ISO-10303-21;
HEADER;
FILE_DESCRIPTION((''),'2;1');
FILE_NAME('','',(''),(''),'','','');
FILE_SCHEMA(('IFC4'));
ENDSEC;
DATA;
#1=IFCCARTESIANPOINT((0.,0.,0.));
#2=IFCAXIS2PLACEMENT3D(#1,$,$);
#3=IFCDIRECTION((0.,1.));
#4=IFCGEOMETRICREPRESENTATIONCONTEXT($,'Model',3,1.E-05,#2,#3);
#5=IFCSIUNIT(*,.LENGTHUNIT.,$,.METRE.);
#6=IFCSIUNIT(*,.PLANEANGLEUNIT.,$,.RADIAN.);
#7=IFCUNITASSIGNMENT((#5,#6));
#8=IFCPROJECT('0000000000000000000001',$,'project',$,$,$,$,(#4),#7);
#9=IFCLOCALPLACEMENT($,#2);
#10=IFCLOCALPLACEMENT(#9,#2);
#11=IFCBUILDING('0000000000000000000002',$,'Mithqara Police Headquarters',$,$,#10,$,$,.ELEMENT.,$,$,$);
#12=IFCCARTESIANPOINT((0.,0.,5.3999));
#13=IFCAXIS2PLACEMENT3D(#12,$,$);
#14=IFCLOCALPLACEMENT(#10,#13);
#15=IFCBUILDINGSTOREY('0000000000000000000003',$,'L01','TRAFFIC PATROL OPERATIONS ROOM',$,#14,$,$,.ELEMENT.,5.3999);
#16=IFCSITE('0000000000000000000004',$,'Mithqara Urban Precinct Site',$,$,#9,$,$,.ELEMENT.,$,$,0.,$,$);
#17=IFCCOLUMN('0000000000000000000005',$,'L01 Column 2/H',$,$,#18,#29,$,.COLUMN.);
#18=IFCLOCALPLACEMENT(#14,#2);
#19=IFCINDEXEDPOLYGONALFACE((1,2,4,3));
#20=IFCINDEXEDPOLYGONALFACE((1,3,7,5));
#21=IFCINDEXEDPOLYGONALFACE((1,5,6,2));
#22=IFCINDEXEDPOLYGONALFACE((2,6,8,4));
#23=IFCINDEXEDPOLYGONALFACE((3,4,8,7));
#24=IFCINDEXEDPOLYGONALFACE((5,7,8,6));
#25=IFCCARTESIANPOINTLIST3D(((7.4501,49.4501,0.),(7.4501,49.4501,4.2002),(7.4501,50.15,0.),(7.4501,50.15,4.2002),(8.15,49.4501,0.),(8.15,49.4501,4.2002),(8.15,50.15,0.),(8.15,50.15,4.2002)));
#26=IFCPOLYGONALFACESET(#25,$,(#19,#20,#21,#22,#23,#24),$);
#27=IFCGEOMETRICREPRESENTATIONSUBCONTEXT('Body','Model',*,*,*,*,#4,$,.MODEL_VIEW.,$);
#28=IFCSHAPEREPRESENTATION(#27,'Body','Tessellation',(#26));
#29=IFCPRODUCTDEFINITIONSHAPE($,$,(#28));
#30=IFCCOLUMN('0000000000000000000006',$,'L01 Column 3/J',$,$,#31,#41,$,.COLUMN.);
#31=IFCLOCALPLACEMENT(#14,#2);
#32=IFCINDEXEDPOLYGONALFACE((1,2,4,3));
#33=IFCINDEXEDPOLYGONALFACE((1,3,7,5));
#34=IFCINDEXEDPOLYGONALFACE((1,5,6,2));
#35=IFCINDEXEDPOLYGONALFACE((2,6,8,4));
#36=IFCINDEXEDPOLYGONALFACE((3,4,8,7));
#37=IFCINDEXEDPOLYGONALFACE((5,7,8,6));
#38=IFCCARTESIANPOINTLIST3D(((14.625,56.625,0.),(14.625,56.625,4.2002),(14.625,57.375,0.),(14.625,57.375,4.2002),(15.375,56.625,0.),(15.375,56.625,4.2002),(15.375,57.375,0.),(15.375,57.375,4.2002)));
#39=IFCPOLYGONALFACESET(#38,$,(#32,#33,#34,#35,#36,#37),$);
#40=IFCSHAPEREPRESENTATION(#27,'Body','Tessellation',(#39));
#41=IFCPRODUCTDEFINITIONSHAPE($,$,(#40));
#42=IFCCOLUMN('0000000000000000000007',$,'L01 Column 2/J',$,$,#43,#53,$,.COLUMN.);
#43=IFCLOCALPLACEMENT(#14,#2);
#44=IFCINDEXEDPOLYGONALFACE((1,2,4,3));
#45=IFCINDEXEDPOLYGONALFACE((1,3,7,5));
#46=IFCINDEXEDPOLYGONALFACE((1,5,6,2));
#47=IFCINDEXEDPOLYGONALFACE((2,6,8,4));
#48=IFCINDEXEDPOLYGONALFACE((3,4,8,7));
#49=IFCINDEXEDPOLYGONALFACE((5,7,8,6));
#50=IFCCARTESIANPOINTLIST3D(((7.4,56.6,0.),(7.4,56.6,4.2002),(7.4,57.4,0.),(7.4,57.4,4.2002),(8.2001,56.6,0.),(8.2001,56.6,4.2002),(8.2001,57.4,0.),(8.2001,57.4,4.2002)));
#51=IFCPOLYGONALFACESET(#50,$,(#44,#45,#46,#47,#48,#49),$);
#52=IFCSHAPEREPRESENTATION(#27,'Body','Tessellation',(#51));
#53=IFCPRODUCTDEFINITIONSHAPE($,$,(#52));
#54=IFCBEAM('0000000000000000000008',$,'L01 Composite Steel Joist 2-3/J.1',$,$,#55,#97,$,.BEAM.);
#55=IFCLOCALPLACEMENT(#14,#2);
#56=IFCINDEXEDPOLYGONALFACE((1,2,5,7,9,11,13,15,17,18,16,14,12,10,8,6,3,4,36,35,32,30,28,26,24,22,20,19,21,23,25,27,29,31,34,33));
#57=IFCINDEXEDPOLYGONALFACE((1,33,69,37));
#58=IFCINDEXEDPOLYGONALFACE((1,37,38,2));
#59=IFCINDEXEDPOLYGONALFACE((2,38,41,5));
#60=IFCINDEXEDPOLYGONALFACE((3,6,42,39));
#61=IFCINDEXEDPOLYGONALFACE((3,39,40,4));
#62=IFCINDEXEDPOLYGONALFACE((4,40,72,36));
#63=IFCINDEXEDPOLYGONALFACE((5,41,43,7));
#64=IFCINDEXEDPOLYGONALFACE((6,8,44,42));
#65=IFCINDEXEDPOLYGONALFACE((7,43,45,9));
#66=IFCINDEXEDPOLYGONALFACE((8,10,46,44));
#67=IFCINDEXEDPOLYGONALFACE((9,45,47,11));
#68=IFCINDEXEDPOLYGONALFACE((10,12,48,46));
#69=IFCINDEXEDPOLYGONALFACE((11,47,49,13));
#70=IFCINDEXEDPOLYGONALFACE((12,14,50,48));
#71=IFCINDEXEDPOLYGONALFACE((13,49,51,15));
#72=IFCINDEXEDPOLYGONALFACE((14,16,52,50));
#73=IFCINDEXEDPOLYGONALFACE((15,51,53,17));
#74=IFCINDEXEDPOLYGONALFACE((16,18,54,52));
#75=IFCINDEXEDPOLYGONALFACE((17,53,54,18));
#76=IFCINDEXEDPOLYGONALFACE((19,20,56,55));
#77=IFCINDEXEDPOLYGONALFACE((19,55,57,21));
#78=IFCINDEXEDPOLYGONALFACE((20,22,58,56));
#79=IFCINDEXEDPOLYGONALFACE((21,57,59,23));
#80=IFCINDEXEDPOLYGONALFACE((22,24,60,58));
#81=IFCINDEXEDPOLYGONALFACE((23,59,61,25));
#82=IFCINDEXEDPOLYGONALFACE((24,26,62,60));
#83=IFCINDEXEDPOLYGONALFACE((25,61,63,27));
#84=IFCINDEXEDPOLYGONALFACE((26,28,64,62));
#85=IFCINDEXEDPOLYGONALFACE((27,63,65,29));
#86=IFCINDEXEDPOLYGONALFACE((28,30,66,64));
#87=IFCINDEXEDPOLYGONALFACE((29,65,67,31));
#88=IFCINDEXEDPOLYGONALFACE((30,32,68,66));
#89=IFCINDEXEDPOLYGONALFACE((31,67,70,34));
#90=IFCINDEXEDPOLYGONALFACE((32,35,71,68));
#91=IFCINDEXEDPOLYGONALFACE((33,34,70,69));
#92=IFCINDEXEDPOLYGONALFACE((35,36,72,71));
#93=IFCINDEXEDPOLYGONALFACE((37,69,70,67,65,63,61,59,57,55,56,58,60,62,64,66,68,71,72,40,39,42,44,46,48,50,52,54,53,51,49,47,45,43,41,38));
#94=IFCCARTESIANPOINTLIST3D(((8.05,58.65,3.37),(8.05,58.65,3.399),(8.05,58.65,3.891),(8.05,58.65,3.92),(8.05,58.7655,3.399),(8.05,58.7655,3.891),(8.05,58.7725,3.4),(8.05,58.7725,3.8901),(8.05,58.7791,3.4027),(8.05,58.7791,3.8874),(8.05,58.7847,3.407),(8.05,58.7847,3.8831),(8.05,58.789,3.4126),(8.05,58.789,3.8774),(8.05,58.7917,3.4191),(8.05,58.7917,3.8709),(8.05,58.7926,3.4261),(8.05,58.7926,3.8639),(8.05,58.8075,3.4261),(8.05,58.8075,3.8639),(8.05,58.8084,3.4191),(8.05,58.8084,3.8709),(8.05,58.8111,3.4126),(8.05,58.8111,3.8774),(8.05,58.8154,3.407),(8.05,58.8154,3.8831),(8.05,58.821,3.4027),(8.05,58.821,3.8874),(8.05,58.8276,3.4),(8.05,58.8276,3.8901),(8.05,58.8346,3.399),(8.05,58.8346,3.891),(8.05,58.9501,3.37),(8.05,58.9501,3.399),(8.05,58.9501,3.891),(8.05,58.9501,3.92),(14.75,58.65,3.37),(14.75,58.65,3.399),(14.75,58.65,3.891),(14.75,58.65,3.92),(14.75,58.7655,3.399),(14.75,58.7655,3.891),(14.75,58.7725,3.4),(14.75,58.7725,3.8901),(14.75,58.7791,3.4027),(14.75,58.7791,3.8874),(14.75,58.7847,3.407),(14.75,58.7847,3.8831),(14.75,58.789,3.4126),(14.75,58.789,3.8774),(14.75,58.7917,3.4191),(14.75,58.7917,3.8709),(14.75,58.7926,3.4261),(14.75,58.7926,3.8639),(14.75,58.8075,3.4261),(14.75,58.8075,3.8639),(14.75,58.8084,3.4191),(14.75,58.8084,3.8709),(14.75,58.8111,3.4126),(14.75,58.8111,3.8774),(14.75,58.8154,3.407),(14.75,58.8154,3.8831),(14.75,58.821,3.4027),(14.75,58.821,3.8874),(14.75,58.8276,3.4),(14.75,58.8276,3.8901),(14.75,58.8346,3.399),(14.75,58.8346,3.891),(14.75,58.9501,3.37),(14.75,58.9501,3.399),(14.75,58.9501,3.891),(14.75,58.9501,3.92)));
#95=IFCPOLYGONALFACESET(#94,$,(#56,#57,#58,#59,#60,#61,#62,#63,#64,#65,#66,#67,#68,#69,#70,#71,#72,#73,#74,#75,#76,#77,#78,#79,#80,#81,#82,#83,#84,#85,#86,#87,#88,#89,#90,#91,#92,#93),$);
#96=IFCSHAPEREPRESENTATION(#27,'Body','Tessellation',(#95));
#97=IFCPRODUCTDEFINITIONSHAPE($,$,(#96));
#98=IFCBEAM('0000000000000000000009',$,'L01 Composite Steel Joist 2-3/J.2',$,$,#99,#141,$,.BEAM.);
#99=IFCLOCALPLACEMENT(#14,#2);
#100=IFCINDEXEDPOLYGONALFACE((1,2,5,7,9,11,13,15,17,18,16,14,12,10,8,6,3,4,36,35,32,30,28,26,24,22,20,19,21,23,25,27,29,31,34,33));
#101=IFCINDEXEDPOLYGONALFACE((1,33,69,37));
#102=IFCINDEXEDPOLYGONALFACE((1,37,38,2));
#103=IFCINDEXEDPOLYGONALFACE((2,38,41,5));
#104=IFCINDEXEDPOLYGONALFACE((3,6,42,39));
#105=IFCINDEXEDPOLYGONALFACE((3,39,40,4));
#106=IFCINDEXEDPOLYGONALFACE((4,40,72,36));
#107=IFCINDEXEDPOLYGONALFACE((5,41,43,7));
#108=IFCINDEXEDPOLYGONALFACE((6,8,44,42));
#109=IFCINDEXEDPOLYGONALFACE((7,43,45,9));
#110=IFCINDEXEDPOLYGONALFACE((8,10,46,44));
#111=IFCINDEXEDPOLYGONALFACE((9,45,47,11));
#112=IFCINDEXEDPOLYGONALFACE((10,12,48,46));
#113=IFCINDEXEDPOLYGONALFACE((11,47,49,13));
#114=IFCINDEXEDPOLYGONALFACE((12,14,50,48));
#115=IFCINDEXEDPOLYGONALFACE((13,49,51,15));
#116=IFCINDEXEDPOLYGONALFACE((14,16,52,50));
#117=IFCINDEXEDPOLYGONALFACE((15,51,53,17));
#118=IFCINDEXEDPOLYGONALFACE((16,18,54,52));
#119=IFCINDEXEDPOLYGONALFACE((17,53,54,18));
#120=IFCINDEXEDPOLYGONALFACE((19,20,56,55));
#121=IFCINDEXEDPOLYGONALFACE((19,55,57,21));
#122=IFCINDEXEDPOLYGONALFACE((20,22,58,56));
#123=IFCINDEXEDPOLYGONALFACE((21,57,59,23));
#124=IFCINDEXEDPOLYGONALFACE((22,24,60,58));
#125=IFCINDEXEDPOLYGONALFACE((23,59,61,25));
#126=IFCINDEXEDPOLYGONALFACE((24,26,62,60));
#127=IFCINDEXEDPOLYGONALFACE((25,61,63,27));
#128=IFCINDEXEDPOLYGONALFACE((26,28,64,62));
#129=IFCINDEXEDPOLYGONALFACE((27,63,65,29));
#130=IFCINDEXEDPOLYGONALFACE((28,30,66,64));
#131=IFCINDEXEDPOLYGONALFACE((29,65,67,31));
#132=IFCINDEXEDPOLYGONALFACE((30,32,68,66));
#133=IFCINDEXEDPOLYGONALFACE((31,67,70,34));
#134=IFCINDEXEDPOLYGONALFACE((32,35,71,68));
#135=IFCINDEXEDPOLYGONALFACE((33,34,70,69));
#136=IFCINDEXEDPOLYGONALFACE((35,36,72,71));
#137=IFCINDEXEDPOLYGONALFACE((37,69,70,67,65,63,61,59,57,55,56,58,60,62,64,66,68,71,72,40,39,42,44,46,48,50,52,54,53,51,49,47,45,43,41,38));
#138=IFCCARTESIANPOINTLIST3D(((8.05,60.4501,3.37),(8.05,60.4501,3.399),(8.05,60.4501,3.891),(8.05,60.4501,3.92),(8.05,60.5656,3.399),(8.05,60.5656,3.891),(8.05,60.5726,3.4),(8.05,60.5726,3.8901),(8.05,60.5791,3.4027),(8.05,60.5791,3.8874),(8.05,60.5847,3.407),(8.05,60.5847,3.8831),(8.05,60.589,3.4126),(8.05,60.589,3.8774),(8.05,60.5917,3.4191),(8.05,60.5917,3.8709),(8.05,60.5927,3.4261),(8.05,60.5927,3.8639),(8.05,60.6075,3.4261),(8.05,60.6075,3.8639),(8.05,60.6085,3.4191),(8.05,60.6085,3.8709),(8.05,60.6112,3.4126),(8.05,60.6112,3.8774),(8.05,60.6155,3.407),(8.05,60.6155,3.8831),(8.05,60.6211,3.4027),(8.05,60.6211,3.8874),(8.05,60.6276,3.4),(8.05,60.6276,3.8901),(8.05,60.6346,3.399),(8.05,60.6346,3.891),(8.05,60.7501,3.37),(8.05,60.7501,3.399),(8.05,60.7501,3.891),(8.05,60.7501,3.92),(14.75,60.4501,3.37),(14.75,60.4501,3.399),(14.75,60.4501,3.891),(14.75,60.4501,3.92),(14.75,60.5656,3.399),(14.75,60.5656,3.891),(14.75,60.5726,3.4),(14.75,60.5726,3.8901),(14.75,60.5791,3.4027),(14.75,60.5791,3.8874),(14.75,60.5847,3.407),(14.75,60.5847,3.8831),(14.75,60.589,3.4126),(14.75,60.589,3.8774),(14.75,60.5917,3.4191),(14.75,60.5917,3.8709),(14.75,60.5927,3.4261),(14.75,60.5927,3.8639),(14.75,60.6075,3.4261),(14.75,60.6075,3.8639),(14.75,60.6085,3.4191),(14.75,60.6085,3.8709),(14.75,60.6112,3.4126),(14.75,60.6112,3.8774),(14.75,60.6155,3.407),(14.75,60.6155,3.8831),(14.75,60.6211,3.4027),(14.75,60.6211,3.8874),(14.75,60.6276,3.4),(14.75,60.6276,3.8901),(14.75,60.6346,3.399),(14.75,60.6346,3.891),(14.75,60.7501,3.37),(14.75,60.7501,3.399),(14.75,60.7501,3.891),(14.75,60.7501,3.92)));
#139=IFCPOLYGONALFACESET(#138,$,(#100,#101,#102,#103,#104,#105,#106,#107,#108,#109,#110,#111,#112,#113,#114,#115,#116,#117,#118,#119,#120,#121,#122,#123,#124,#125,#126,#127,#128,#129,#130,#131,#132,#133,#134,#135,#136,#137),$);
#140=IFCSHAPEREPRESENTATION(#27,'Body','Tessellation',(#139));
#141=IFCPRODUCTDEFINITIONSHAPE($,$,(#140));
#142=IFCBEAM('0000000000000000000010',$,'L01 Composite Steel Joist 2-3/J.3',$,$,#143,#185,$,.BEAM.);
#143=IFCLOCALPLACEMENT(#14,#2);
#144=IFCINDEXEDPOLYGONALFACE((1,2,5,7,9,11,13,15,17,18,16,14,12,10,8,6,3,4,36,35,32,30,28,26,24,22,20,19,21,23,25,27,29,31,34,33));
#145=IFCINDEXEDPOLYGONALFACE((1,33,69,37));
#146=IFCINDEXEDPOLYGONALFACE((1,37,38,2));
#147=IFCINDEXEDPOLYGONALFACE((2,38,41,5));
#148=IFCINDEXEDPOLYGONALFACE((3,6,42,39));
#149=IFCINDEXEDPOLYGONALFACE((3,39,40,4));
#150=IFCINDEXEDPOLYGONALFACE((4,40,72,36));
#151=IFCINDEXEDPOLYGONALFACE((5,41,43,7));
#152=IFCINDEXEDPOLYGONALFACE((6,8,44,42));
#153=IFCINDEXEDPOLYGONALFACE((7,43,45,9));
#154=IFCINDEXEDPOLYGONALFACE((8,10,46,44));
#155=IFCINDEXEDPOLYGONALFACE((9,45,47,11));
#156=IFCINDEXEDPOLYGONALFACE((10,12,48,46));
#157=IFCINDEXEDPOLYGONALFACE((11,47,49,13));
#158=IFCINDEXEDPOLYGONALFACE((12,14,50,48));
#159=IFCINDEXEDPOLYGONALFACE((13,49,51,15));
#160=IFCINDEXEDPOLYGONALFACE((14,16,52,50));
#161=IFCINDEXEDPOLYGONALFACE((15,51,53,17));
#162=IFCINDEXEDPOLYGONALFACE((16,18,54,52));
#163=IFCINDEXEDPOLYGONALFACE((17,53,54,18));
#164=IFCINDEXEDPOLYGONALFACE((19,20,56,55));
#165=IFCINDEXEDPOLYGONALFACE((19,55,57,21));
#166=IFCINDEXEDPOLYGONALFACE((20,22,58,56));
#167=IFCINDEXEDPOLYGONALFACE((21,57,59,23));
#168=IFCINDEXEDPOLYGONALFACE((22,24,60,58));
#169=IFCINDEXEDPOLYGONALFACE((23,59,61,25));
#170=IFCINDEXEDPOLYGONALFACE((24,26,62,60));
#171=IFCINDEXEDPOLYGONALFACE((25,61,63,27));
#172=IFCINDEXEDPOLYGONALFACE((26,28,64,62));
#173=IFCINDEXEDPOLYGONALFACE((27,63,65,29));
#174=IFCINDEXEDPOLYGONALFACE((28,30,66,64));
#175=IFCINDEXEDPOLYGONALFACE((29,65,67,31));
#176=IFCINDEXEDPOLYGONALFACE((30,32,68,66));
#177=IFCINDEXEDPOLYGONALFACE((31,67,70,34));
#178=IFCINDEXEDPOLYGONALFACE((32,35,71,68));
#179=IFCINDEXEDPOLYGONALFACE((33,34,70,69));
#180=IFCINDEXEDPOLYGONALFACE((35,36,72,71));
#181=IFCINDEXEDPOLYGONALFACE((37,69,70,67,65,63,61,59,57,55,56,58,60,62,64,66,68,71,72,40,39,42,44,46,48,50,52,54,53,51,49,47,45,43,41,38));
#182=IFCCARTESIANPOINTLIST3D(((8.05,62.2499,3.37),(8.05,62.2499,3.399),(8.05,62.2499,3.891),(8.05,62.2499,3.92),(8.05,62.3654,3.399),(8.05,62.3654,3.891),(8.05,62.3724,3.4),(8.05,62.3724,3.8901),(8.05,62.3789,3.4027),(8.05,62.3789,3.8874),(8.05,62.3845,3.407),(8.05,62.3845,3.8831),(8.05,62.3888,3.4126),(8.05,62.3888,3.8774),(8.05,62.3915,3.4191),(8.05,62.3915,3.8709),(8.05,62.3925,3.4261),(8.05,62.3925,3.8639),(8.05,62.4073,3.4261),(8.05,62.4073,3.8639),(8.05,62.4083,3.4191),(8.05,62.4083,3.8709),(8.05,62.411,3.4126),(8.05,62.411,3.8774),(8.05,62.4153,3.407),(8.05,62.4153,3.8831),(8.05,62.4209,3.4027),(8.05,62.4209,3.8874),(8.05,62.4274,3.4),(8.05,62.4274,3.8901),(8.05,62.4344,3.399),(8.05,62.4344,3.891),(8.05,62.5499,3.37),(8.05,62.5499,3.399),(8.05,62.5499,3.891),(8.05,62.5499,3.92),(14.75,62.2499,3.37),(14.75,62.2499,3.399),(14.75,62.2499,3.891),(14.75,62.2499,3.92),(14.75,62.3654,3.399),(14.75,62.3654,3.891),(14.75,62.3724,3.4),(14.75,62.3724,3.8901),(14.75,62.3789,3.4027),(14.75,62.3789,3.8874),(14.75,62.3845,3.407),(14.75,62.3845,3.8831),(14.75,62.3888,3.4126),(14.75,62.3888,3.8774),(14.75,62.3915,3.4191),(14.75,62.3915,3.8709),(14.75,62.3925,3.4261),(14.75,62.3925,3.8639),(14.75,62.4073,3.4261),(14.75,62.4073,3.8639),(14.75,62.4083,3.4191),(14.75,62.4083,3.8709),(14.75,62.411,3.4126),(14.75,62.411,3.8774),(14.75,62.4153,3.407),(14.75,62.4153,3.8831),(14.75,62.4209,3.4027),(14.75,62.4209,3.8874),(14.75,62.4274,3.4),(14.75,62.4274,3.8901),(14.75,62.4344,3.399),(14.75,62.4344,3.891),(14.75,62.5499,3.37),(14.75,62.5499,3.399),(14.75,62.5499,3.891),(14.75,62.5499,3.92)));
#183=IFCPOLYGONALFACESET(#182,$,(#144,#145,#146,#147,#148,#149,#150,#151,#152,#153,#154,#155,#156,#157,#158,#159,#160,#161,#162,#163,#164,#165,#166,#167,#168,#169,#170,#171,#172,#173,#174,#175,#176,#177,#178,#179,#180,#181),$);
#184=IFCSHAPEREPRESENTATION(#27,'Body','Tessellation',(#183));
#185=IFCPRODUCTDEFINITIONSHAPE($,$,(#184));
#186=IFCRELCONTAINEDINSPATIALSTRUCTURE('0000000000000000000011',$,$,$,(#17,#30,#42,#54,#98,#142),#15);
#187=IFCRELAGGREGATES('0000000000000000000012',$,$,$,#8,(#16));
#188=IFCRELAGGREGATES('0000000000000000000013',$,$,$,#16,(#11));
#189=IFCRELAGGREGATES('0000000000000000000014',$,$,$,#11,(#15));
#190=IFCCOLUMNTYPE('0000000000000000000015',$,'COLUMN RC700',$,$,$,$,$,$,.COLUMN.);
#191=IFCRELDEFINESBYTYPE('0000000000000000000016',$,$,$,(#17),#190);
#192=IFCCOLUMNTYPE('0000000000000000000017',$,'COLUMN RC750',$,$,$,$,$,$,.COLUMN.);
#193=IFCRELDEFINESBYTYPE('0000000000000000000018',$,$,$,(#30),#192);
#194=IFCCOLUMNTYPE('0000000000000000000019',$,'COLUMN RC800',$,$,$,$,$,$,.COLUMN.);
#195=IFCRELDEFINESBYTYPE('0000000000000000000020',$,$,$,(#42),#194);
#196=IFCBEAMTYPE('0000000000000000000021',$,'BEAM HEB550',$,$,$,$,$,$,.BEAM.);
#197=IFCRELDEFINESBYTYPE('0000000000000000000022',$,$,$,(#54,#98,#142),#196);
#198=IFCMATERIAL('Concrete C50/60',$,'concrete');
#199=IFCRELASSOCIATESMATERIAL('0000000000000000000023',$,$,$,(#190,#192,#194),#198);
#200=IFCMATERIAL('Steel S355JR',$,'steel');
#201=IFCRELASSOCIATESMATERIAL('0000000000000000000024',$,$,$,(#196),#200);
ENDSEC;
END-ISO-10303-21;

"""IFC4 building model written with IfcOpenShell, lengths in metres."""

from ifc_helpers import new_model, si_unit, direction, frame, origin, origin_2d, place, context, subcontext, project, spatial, rectangle, i_section, extrude, material, material_profile, profile_set, type_object, element, save


model = new_model("IFC4")

# Units and contexts
model_context = context("Model", 3, precision=1e-05, world=origin(), true_north=direction((0.0, 1.0)))
body_context = subcontext(model_context, "Body", "Model", "MODEL_VIEW")
ifc_project = project(units=[si_unit("LENGTHUNIT", "METRE"), si_unit("PLANEANGLEUNIT", "RADIAN")], contexts=[model_context])

# Site, building, storey
site_placement = place(None, origin())
site = spatial("IfcSite", under=ifc_project, at=site_placement, Name="Mithqara Urban Precinct Site", CompositionType="ELEMENT", RefElevation=0.0)
building_placement = place(site_placement, origin())
building = spatial("IfcBuilding", under=site, at=building_placement, Name="Mithqara Police Headquarters", CompositionType="ELEMENT")
storey_placement = place(building_placement, frame((0.0, 0.0, 5.3999)))
storey = spatial("IfcBuildingStorey", under=building, at=storey_placement, Name="L01", Description="TRAFFIC PATROL OPERATIONS ROOM", CompositionType="ELEMENT", Elevation=5.3999)

# Columns
ifc_material_1 = material(Name="Concrete C50/60", Category="concrete")
ifc_material_profile_1 = material_profile(ifc_material_1, rectangle(XDim=0.7, YDim=0.7, at=origin_2d()), Name="RC 700x700")
ifc_profile_set_1 = profile_set([ifc_material_profile_1], Name="Concrete C50/60")
column_type_1 = type_object("IfcColumnType", Name="COLUMN RC700", PredefinedType="COLUMN", material=ifc_profile_set_1)
column_1_placement = place(storey_placement, frame((7.8, 49.8, 0.0), z_axis=(0.0, 0.0, 1.0), x_axis=(1.0, 0.0, 0.0)))
element("IfcColumn", 1, at=column_1_placement, inside=storey, type_object=column_type_1, Name="L01 Column 2/H", PredefinedType="COLUMN", context=body_context, shape_type="SweptSolid", body=[
    extrude(rectangle(XDim=0.7, YDim=0.7, at=origin_2d()), origin(), (0.0, 0.0, 1.0), 4.2002),
])
ifc_material_profile_2 = material_profile(ifc_material_1, rectangle(XDim=0.75, YDim=0.75, at=origin_2d()), Name="RC 750x750")
ifc_profile_set_2 = profile_set([ifc_material_profile_2], Name="Concrete C50/60")
column_type_2 = type_object("IfcColumnType", Name="COLUMN RC750", PredefinedType="COLUMN", material=ifc_profile_set_2)
column_2_placement = place(storey_placement, frame((15.0, 57.0, 0.0), z_axis=(0.0, 0.0, 1.0), x_axis=(1.0, 0.0, 0.0)))
element("IfcColumn", 2, at=column_2_placement, inside=storey, type_object=column_type_2, Name="L01 Column 3/J", PredefinedType="COLUMN", context=body_context, shape_type="SweptSolid", body=[
    extrude(rectangle(XDim=0.75, YDim=0.75, at=origin_2d()), origin(), (0.0, 0.0, 1.0), 4.2002),
])
ifc_material_profile_3 = material_profile(ifc_material_1, rectangle(XDim=0.8, YDim=0.8, at=origin_2d()), Name="RC 800x800")
ifc_profile_set_3 = profile_set([ifc_material_profile_3], Name="Concrete C50/60")
column_type_3 = type_object("IfcColumnType", Name="COLUMN RC800", PredefinedType="COLUMN", material=ifc_profile_set_3)
column_3_placement = place(storey_placement, frame((7.8, 57.0, 0.0), z_axis=(0.0, 0.0, 1.0), x_axis=(1.0, 0.0, 0.0)))
element("IfcColumn", 3, at=column_3_placement, inside=storey, type_object=column_type_3, Name="L01 Column 2/J", PredefinedType="COLUMN", context=body_context, shape_type="SweptSolid", body=[
    extrude(rectangle(XDim=0.8, YDim=0.8, at=origin_2d()), origin(), (0.0, 0.0, 1.0), 4.2002),
])

# Beams
ifc_material_2 = material(Name="Steel S355JR", Category="steel")
ifc_material_profile_4 = material_profile(ifc_material_2, i_section(OverallWidth=0.3, OverallDepth=0.55, WebThickness=0.0149, FlangeThickness=0.0291, FilletRadius=0.0271, at=origin_2d()), Name="HEB 550")
ifc_profile_set_4 = profile_set([ifc_material_profile_4], Name="Steel S355JR")
beam_type_1 = type_object("IfcBeamType", Name="BEAM HEB550", PredefinedType="BEAM", material=ifc_profile_set_4)
for number, where, z_axis, x_axis, name in (
    (4, (8.05, 58.8, 3.645), (1.0, 0.0, 0.0), (0.0, 1.0, 0.0), "L01 Composite Steel Joist 2-3/J.1"),
    (5, (8.05, 60.6001, 3.645), (1.0, 0.0, 0.0), (0.0, 1.0, 0.0), "L01 Composite Steel Joist 2-3/J.2"),
    (6, (8.05, 62.3999, 3.645), (1.0, 0.0, 0.0), (0.0, 1.0, 0.0), "L01 Composite Steel Joist 2-3/J.3"),
):
    element("IfcBeam", number, at=place(storey_placement, frame(where, z_axis=z_axis, x_axis=x_axis)), inside=storey, type_object=beam_type_1, Name=name, PredefinedType="BEAM", context=body_context, shape_type="SweptSolid", body=[
        extrude(i_section(OverallWidth=0.3, OverallDepth=0.55, WebThickness=0.0149, FlangeThickness=0.0291, FilletRadius=0.0271, at=origin_2d()), origin(), (0.0, 0.0, 1.0), 6.7),
    ])

save(model, "model.ifc")
